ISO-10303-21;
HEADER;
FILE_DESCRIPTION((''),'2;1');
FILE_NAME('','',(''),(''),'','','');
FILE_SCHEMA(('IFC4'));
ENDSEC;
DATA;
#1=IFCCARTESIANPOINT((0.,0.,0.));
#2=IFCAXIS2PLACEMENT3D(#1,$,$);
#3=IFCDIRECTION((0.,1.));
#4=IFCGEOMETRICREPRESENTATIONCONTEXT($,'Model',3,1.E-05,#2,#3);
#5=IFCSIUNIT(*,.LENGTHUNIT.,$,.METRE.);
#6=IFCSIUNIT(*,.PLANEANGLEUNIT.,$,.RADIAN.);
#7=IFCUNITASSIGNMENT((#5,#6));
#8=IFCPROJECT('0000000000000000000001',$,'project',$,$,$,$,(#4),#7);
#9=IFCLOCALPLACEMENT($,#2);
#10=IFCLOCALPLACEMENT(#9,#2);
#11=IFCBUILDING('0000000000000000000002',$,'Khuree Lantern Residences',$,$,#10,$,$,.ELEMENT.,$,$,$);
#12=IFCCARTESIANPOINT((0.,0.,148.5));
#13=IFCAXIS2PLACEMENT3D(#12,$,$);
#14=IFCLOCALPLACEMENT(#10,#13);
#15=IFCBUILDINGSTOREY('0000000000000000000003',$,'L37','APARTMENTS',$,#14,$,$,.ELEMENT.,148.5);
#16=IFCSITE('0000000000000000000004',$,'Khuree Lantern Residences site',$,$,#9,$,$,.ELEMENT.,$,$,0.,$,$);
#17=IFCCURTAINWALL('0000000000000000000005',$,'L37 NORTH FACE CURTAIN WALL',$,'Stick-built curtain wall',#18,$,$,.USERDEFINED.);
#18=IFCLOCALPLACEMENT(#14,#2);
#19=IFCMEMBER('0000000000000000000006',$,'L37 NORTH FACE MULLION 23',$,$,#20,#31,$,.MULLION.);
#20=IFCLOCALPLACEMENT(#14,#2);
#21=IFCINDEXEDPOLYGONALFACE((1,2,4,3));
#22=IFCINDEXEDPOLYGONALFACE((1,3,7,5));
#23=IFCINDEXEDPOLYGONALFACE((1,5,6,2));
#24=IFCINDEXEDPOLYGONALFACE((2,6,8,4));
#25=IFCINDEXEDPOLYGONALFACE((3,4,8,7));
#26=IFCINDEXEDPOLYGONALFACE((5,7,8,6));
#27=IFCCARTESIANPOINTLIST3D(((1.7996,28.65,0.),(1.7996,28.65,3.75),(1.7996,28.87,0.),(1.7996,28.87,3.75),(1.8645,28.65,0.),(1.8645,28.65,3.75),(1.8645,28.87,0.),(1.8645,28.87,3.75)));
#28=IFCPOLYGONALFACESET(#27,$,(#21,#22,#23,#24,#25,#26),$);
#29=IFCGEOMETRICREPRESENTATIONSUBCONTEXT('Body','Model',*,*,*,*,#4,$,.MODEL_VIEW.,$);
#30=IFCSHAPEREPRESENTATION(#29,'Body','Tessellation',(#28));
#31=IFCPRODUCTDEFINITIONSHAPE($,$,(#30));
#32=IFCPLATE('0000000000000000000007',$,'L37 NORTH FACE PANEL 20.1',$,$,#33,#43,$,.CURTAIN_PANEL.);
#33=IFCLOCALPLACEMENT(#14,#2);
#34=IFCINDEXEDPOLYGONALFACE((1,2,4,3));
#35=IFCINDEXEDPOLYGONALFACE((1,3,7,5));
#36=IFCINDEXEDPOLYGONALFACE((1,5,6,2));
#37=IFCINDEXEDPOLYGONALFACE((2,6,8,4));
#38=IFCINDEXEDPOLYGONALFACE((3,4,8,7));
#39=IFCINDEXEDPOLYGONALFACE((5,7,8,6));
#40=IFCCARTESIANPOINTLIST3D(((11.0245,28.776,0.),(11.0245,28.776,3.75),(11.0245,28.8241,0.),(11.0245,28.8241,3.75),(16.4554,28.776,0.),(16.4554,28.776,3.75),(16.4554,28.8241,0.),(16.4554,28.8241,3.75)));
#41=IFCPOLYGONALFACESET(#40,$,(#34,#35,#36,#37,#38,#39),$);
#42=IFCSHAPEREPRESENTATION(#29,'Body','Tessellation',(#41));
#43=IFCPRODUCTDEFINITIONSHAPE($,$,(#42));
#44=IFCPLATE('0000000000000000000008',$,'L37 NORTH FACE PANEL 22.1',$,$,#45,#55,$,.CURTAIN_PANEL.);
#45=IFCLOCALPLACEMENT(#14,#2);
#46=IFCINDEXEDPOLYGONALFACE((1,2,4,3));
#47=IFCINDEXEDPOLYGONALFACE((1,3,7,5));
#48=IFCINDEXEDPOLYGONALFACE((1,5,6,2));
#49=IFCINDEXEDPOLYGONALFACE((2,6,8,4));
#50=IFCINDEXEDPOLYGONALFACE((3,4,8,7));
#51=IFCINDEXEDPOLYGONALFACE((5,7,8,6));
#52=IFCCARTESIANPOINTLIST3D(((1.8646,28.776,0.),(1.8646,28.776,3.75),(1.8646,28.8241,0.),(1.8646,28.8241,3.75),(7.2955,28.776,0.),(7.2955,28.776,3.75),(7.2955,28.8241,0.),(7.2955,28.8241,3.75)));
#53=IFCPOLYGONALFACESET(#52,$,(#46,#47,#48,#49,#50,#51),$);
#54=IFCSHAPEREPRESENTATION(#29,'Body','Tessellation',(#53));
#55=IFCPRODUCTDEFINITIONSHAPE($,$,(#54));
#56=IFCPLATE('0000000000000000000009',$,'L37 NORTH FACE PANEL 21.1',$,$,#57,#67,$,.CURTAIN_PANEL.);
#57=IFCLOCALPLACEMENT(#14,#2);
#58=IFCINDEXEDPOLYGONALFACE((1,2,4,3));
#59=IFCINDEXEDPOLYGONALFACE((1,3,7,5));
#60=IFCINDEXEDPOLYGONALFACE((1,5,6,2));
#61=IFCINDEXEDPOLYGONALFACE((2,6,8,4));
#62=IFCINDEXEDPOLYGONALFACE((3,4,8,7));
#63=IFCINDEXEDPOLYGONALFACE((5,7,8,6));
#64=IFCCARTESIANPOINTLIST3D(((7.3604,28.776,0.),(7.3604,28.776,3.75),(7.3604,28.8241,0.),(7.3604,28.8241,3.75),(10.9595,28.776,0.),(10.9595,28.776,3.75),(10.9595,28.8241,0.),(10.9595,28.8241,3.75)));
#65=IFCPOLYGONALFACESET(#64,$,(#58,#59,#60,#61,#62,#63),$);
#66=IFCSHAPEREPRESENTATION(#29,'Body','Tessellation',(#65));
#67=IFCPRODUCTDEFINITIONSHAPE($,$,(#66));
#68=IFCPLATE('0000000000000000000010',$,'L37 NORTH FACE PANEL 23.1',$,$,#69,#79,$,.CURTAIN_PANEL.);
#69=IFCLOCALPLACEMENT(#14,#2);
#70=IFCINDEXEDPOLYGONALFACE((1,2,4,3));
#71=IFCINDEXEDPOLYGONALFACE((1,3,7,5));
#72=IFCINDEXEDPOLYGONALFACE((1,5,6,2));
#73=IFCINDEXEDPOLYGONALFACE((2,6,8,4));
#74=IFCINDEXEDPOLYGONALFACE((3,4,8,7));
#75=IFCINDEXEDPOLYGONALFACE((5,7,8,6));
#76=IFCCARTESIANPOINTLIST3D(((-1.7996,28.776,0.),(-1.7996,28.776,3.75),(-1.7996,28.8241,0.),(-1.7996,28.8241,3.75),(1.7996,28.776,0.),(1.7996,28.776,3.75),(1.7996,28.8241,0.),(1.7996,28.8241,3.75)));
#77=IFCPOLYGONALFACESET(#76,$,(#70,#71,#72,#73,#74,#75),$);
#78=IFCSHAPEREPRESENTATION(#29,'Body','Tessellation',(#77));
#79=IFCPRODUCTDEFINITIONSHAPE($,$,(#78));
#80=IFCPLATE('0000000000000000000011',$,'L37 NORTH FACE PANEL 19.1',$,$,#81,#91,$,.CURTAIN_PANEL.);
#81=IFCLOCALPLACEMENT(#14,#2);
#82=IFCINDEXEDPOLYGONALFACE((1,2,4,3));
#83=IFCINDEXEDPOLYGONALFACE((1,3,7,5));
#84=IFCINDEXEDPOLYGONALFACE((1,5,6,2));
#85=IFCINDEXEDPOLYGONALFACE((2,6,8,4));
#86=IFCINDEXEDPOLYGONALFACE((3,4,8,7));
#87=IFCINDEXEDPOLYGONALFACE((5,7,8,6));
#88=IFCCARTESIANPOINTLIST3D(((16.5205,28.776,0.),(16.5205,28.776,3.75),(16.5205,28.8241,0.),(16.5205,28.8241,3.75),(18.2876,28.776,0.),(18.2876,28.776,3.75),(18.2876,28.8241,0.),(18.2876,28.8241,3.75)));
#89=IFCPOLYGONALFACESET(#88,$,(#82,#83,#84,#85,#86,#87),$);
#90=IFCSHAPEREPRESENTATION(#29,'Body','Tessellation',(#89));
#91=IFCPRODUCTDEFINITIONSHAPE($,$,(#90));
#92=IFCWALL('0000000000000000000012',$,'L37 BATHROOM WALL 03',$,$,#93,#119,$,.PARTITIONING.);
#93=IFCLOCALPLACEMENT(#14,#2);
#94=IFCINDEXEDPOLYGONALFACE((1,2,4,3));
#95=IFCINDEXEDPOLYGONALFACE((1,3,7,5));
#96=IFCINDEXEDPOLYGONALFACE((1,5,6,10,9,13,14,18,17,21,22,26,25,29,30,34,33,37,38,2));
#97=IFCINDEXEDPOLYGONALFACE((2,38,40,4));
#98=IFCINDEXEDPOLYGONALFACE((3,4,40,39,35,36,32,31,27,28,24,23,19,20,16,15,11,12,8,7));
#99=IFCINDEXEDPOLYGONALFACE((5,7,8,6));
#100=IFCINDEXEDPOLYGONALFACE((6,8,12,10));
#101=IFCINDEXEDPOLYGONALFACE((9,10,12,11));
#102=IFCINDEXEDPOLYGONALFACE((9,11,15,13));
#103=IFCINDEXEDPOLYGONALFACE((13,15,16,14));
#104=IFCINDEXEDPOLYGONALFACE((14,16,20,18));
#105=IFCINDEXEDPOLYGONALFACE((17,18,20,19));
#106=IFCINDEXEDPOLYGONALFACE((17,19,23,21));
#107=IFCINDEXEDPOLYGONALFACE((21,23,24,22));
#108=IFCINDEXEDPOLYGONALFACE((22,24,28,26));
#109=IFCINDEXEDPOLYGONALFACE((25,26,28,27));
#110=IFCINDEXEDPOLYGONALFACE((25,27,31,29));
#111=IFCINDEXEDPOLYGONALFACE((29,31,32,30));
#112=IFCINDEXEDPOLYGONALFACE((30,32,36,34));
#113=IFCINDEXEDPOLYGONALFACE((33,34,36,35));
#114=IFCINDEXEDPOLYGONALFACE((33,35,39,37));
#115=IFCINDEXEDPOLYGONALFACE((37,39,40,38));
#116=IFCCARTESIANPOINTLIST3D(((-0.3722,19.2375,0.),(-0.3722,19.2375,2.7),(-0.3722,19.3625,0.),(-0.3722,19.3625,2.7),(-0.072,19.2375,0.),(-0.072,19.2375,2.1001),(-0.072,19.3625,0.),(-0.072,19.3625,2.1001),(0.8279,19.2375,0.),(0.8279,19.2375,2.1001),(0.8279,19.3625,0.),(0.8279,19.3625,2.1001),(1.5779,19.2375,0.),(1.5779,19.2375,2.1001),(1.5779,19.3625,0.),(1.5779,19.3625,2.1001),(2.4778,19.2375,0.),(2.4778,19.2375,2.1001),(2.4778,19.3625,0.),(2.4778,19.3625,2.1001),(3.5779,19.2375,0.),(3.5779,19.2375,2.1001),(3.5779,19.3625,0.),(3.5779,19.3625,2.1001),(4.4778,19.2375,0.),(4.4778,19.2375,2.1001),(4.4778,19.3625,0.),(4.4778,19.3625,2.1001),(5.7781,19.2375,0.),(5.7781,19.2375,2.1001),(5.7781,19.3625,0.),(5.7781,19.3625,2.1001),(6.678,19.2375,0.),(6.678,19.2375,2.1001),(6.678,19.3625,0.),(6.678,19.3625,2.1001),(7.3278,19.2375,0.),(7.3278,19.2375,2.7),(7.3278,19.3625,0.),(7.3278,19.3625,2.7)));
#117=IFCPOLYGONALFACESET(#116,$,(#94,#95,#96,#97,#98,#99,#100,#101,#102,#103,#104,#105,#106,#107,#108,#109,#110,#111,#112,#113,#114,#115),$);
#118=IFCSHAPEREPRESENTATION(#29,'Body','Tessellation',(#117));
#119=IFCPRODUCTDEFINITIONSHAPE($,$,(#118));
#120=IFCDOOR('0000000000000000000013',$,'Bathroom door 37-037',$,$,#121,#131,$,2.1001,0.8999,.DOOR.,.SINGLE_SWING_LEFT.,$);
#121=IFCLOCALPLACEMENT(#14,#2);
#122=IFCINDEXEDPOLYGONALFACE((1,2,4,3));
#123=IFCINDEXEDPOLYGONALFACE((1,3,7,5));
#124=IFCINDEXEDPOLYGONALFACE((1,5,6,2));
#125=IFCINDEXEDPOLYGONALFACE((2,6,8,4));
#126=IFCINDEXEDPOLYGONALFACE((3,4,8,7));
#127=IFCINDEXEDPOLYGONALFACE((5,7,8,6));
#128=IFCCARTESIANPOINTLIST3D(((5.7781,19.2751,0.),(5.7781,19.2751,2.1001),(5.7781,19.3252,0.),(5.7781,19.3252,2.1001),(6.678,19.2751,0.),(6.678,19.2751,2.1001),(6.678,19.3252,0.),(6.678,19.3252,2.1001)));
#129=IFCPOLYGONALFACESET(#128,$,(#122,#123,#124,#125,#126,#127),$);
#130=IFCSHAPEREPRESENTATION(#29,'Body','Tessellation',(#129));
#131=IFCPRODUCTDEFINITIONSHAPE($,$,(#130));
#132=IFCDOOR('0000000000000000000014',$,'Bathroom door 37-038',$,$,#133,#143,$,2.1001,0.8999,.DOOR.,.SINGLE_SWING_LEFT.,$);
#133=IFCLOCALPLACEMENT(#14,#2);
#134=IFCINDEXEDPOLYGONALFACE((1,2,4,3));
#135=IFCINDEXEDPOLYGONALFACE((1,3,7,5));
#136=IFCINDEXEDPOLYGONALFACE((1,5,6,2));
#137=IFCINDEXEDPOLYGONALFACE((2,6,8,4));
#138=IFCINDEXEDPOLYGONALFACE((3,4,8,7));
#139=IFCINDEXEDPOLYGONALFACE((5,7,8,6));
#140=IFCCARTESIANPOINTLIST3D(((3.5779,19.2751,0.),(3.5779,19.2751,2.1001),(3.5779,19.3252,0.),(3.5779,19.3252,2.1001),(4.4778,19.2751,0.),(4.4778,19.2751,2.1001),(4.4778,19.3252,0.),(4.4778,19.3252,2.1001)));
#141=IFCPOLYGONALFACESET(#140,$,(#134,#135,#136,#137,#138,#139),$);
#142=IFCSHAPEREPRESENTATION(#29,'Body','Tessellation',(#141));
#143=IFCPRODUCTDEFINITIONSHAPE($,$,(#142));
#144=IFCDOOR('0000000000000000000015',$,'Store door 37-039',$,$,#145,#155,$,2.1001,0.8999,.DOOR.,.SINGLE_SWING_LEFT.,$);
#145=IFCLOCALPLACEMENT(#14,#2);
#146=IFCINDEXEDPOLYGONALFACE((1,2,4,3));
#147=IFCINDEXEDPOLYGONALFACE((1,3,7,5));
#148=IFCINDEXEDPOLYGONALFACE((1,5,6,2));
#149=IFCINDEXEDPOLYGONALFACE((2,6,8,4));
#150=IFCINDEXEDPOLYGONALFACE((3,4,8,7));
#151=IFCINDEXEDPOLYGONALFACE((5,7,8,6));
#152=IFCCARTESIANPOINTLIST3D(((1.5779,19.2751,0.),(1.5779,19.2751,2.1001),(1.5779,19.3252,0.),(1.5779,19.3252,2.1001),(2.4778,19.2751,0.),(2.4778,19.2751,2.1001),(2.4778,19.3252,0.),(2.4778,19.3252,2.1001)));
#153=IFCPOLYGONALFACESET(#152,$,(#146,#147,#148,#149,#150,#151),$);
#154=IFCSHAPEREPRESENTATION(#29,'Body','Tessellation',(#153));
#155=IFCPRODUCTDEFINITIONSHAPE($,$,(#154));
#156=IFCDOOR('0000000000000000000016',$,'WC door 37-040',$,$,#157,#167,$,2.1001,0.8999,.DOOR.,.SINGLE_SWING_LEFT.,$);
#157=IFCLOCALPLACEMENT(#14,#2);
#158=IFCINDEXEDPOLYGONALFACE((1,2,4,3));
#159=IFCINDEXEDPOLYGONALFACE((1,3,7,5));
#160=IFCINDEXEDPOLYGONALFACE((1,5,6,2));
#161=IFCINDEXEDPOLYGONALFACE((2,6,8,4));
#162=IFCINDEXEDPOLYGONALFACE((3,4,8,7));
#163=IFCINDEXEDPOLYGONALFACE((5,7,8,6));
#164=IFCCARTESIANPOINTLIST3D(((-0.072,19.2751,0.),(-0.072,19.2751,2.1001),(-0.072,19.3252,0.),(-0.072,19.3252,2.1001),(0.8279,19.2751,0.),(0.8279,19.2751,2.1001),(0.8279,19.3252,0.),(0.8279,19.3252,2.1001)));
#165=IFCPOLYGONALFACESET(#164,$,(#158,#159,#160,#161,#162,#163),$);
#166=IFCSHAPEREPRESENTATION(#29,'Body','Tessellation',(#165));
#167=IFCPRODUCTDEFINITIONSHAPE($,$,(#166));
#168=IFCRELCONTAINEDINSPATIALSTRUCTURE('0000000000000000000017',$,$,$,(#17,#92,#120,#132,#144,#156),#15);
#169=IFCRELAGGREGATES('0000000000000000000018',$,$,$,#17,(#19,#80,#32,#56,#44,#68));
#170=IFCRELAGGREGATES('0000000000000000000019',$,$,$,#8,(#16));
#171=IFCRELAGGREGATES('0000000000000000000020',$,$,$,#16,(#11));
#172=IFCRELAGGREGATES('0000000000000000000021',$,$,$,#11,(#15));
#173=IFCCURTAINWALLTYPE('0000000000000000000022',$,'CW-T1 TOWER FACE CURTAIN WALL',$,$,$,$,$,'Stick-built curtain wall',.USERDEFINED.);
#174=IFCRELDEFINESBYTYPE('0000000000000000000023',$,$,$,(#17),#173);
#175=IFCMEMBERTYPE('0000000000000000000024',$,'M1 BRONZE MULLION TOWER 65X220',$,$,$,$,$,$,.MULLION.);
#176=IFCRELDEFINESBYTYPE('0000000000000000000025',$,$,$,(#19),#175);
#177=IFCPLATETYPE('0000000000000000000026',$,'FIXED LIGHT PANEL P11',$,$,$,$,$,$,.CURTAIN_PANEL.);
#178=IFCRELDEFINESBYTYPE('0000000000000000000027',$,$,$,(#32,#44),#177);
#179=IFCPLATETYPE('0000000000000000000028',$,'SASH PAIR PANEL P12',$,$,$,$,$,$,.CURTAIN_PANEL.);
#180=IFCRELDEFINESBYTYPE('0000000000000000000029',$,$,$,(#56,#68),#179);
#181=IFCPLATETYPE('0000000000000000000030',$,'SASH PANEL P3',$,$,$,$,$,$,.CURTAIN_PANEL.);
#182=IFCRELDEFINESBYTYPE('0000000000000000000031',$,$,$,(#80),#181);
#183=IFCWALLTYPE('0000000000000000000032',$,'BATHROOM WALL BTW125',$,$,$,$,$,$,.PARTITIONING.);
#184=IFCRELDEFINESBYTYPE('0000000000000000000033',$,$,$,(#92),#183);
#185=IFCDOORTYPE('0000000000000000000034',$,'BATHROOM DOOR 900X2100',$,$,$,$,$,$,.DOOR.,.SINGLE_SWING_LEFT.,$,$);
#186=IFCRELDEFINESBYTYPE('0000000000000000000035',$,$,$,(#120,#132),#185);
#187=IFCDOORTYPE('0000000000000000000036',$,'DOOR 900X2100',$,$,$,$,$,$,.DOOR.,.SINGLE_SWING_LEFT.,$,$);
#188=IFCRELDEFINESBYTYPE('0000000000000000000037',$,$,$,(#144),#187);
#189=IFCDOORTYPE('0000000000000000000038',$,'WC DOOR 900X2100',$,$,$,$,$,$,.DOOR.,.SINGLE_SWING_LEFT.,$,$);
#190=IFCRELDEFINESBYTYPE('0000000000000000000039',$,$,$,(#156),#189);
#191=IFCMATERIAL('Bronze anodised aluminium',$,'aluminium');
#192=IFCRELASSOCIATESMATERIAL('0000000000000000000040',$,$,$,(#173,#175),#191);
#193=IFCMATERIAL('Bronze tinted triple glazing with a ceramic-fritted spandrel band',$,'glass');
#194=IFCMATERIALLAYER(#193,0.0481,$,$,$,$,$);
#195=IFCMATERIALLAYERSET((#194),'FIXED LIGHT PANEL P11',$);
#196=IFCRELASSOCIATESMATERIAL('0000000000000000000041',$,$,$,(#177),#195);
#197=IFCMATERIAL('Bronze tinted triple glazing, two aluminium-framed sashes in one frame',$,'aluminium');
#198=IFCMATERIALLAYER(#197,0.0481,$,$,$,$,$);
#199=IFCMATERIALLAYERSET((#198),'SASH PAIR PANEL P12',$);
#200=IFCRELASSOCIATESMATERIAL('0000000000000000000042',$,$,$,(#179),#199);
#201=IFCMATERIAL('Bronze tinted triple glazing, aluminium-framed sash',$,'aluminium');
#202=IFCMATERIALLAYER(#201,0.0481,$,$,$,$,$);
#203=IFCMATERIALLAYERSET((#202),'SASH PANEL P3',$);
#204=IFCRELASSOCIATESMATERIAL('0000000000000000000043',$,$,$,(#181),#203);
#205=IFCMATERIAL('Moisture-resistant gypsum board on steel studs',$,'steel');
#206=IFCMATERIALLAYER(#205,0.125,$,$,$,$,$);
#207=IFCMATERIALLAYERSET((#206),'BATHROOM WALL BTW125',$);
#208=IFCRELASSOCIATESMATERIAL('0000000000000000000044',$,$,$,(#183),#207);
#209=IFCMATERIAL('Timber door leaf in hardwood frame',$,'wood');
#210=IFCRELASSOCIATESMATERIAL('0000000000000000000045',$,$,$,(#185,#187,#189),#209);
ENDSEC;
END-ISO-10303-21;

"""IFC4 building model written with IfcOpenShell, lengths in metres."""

from ifc_helpers import new_model, si_unit, direction, frame, frame_2d, origin, origin_2d, place, context, subcontext, project, spatial, rectangle, extrude, material, layer, layer_set, material_profile, profile_set, type_object, element, fill, aggregate, save


model = new_model("IFC4")

# Units and contexts
model_context = context("Model", 3, precision=1e-05, world=origin(), true_north=direction((0.0, 1.0)))
body_context = subcontext(model_context, "Body", "Model", "MODEL_VIEW")
ifc_project = project(units=[si_unit("LENGTHUNIT", "METRE"), si_unit("PLANEANGLEUNIT", "RADIAN")], contexts=[model_context])

# Site, building, storey
site_placement = place(None, origin())
site = spatial("IfcSite", under=ifc_project, at=site_placement, Name="Khuree Lantern Residences site", CompositionType="ELEMENT", RefElevation=0.0)
building_placement = place(site_placement, origin())
building = spatial("IfcBuilding", under=site, at=building_placement, Name="Khuree Lantern Residences", CompositionType="ELEMENT")
storey_placement = place(building_placement, frame((0.0, 0.0, 148.5)))
storey = spatial("IfcBuildingStorey", under=building, at=storey_placement, Name="L37", Description="APARTMENTS", CompositionType="ELEMENT", Elevation=148.5)

# Curtain wall
ifc_material_1 = material(Name="Bronze anodised aluminium", Category="aluminium")
curtain_wall_type = type_object("IfcCurtainWallType", Name="CW-T1 TOWER FACE CURTAIN WALL", ElementType="Stick-built curtain wall", PredefinedType="USERDEFINED", material=ifc_material_1)
curtain_wall_placement = place(storey_placement, origin())
curtain_wall = element("IfcCurtainWall", 1, at=curtain_wall_placement, inside=storey, type_object=curtain_wall_type, Name="L37 NORTH FACE CURTAIN WALL", ObjectType="Stick-built curtain wall", PredefinedType="USERDEFINED")

# Member
ifc_material_profile_1 = material_profile(ifc_material_1, rectangle(XDim=0.0649, YDim=0.22, at=origin_2d()), Name="M1 65X220")
ifc_profile_set_1 = profile_set([ifc_material_profile_1], Name="Bronze anodised aluminium")
member_type_1 = type_object("IfcMemberType", Name="M1 BRONZE MULLION TOWER 65X220", PredefinedType="MULLION", material=ifc_profile_set_1)
member_1_placement = place(storey_placement, frame((1.832, 28.76, 0.0), z_axis=(0.0, 0.0, 1.0), x_axis=(-1.0, 0.0, 0.0)))
member_1 = element("IfcMember", 2, at=member_1_placement, type_object=member_type_1, Name="L37 NORTH FACE MULLION 23", PredefinedType="MULLION", context=body_context, shape_type="SweptSolid", body=[
    extrude(rectangle(XDim=0.0649, YDim=0.22, at=origin_2d()), origin(), (0.0, 0.0, 1.0), 3.75),
])

# Plates
ifc_material_2 = material(Name="Bronze tinted triple glazing with a ceramic-fritted spandrel band", Category="glass")
ifc_layer_1 = layer(ifc_material_2, 0.0481)
ifc_layer_set_1 = layer_set([ifc_layer_1], Name="FIXED LIGHT PANEL P11")
plate_type_1 = type_object("IfcPlateType", Name="FIXED LIGHT PANEL P11", PredefinedType="CURTAIN_PANEL", material=ifc_layer_set_1)
plate_1_placement = place(storey_placement, frame((13.74, 28.8, 0.0), z_axis=(0.0, 0.0, 1.0), x_axis=(-1.0, 0.0, 0.0)))
plate_1 = element("IfcPlate", 3, at=plate_1_placement, type_object=plate_type_1, Name="L37 NORTH FACE PANEL 20.1", PredefinedType="CURTAIN_PANEL", context=body_context, shape_type="SweptSolid", body=[
    extrude(rectangle(XDim=5.4309, YDim=0.0481, at=origin_2d()), origin(), (0.0, 0.0, 1.0), 3.75),
])
plate_2_placement = place(storey_placement, frame((4.5801, 28.8, 0.0), z_axis=(0.0, 0.0, 1.0), x_axis=(-1.0, 0.0, 0.0)))
plate_2 = element("IfcPlate", 4, at=plate_2_placement, type_object=plate_type_1, Name="L37 NORTH FACE PANEL 22.1", PredefinedType="CURTAIN_PANEL", context=body_context, shape_type="SweptSolid", body=[
    extrude(rectangle(XDim=5.4309, YDim=0.0481, at=origin_2d()), origin(), (0.0, 0.0, 1.0), 3.75),
])
ifc_material_3 = material(Name="Bronze tinted triple glazing, two aluminium-framed sashes in one frame", Category="aluminium")
ifc_layer_2 = layer(ifc_material_3, 0.0481)
ifc_layer_set_2 = layer_set([ifc_layer_2], Name="SASH PAIR PANEL P12")
plate_type_2 = type_object("IfcPlateType", Name="SASH PAIR PANEL P12", PredefinedType="CURTAIN_PANEL", material=ifc_layer_set_2)
plate_3_placement = place(storey_placement, frame((9.1599, 28.8, 0.0), z_axis=(0.0, 0.0, 1.0), x_axis=(-1.0, 0.0, 0.0)))
plate_3 = element("IfcPlate", 5, at=plate_3_placement, type_object=plate_type_2, Name="L37 NORTH FACE PANEL 21.1", PredefinedType="CURTAIN_PANEL", context=body_context, shape_type="SweptSolid", body=[
    extrude(rectangle(XDim=3.5991, YDim=0.0481, at=origin_2d()), origin(), (0.0, 0.0, 1.0), 3.75),
])
plate_4_placement = place(storey_placement, frame((0.0, 28.8, 0.0), z_axis=(0.0, 0.0, 1.0), x_axis=(-1.0, 0.0, 0.0)))
plate_4 = element("IfcPlate", 6, at=plate_4_placement, type_object=plate_type_2, Name="L37 NORTH FACE PANEL 23.1", PredefinedType="CURTAIN_PANEL", context=body_context, shape_type="SweptSolid", body=[
    extrude(rectangle(XDim=3.5991, YDim=0.0481, at=origin_2d()), origin(), (0.0, 0.0, 1.0), 3.75),
])
ifc_material_4 = material(Name="Bronze tinted triple glazing, aluminium-framed sash", Category="aluminium")
ifc_layer_3 = layer(ifc_material_4, 0.0481)
ifc_layer_set_3 = layer_set([ifc_layer_3], Name="SASH PANEL P3")
plate_type_3 = type_object("IfcPlateType", Name="SASH PANEL P3", PredefinedType="CURTAIN_PANEL", material=ifc_layer_set_3)
plate_5_placement = place(storey_placement, frame((17.4041, 28.8, 0.0), z_axis=(0.0, 0.0, 1.0), x_axis=(-1.0, 0.0, 0.0)))
plate_5 = element("IfcPlate", 7, at=plate_5_placement, type_object=plate_type_3, Name="L37 NORTH FACE PANEL 19.1", PredefinedType="CURTAIN_PANEL", context=body_context, shape_type="SweptSolid", body=[
    extrude(rectangle(XDim=1.7671, YDim=0.0481, at=origin_2d()), origin(), (0.0, 0.0, 1.0), 3.75),
])
aggregate(curtain_wall, [member_1, plate_5, plate_1, plate_3, plate_2, plate_4])

# Wall, openings, doors
ifc_material_5 = material(Name="Moisture-resistant gypsum board on steel studs", Category="steel")
ifc_layer_4 = layer(ifc_material_5, 0.125)
ifc_layer_set_4 = layer_set([ifc_layer_4], Name="BATHROOM WALL BTW125")
wall_type_1 = type_object("IfcWallType", Name="BATHROOM WALL BTW125", PredefinedType="PARTITIONING", material=ifc_layer_set_4)
wall_1_placement = place(storey_placement, frame((7.3279, 19.3, 0.0), z_axis=(0.0, 0.0, 1.0), x_axis=(-1.0, 0.0, 0.0)))
wall_1 = element("IfcWall", 8, at=wall_1_placement, inside=storey, type_object=wall_type_1, Name="L37 BATHROOM WALL 03", PredefinedType="PARTITIONING", context=body_context, shape_type="SweptSolid", body=[
    extrude(rectangle(XDim=7.7, YDim=0.125, at=frame_2d((3.8501, 0.0))), origin(), (0.0, 0.0, 1.0), 2.7),
])
opening_1_placement = place(wall_1_placement, frame((0.6499, 0.0, 0.0)))
opening_1 = element("IfcOpeningElement", 9, at=opening_1_placement, cuts=wall_1, PredefinedType="OPENING", context=body_context, shape_type="SweptSolid", body=[
    extrude(rectangle(XDim=0.8999, YDim=2.1001, at=frame_2d((0.45, 1.05))), frame((0.0, 0.0725, 0.0), z_axis=(0.0, -1.0, 0.0), x_axis=(1.0, 0.0, 0.0)), (0.0, 0.0, 1.0), 0.145),
])
opening_2_placement = place(wall_1_placement, frame((2.8501, 0.0, 0.0)))
opening_2 = element("IfcOpeningElement", 10, at=opening_2_placement, cuts=wall_1, PredefinedType="OPENING", context=body_context, shape_type="SweptSolid", body=[
    extrude(rectangle(XDim=0.8999, YDim=2.1001, at=frame_2d((0.45, 1.05))), frame((0.0, 0.0725, 0.0), z_axis=(0.0, -1.0, 0.0), x_axis=(1.0, 0.0, 0.0)), (0.0, 0.0, 1.0), 0.145),
])
opening_3_placement = place(wall_1_placement, frame((4.8501, 0.0, 0.0)))
opening_3 = element("IfcOpeningElement", 11, at=opening_3_placement, cuts=wall_1, PredefinedType="OPENING", context=body_context, shape_type="SweptSolid", body=[
    extrude(rectangle(XDim=0.8999, YDim=2.1001, at=frame_2d((0.45, 1.05))), frame((0.0, 0.0725, 0.0), z_axis=(0.0, -1.0, 0.0), x_axis=(1.0, 0.0, 0.0)), (0.0, 0.0, 1.0), 0.145),
])
opening_4_placement = place(wall_1_placement, frame((6.5, 0.0, 0.0)))
opening_4 = element("IfcOpeningElement", 12, at=opening_4_placement, cuts=wall_1, PredefinedType="OPENING", context=body_context, shape_type="SweptSolid", body=[
    extrude(rectangle(XDim=0.8999, YDim=2.1001, at=frame_2d((0.45, 1.05))), frame((0.0, 0.0725, 0.0), z_axis=(0.0, -1.0, 0.0), x_axis=(1.0, 0.0, 0.0)), (0.0, 0.0, 1.0), 0.145),
])
ifc_material_6 = material(Name="Timber door leaf in hardwood frame", Category="wood")
door_type_1 = type_object("IfcDoorType", Name="BATHROOM DOOR 900X2100", OperationType="SINGLE_SWING_LEFT", PredefinedType="DOOR", material=ifc_material_6)
door_1_placement = place(opening_1_placement, origin())
door_1 = element("IfcDoor", 13, at=door_1_placement, inside=storey, type_object=door_type_1, Name="Bathroom door 37-037", OperationType="SINGLE_SWING_LEFT", OverallHeight=2.1001, OverallWidth=0.8999, PredefinedType="DOOR", context=body_context, shape_type="SweptSolid", body=[
    extrude(rectangle(XDim=0.8999, YDim=2.1001, at=frame_2d((0.45, 1.05))), frame((0.0, 0.0249, 0.0), z_axis=(0.0, -1.0, 0.0), x_axis=(1.0, 0.0, 0.0)), (0.0, 0.0, 1.0), 0.05),
])
fill(opening_1, door_1)
door_2_placement = place(opening_2_placement, origin())
door_2 = element("IfcDoor", 14, at=door_2_placement, inside=storey, type_object=door_type_1, Name="Bathroom door 37-038", OperationType="SINGLE_SWING_LEFT", OverallHeight=2.1001, OverallWidth=0.8999, PredefinedType="DOOR", context=body_context, shape_type="SweptSolid", body=[
    extrude(rectangle(XDim=0.8999, YDim=2.1001, at=frame_2d((0.45, 1.05))), frame((0.0, 0.0249, 0.0), z_axis=(0.0, -1.0, 0.0), x_axis=(1.0, 0.0, 0.0)), (0.0, 0.0, 1.0), 0.05),
])
fill(opening_2, door_2)
door_type_2 = type_object("IfcDoorType", Name="DOOR 900X2100", OperationType="SINGLE_SWING_LEFT", PredefinedType="DOOR", material=ifc_material_6)
door_3_placement = place(opening_3_placement, origin())
door_3 = element("IfcDoor", 15, at=door_3_placement, inside=storey, type_object=door_type_2, Name="Store door 37-039", OperationType="SINGLE_SWING_LEFT", OverallHeight=2.1001, OverallWidth=0.8999, PredefinedType="DOOR", context=body_context, shape_type="SweptSolid", body=[
    extrude(rectangle(XDim=0.8999, YDim=2.1001, at=frame_2d((0.45, 1.05))), frame((0.0, 0.0249, 0.0), z_axis=(0.0, -1.0, 0.0), x_axis=(1.0, 0.0, 0.0)), (0.0, 0.0, 1.0), 0.05),
])
fill(opening_3, door_3)
door_type_3 = type_object("IfcDoorType", Name="WC DOOR 900X2100", OperationType="SINGLE_SWING_LEFT", PredefinedType="DOOR", material=ifc_material_6)
door_4_placement = place(opening_4_placement, origin())
door_4 = element("IfcDoor", 16, at=door_4_placement, inside=storey, type_object=door_type_3, Name="WC door 37-040", OperationType="SINGLE_SWING_LEFT", OverallHeight=2.1001, OverallWidth=0.8999, PredefinedType="DOOR", context=body_context, shape_type="SweptSolid", body=[
    extrude(rectangle(XDim=0.8999, YDim=2.1001, at=frame_2d((0.45, 1.05))), frame((0.0, 0.0249, 0.0), z_axis=(0.0, -1.0, 0.0), x_axis=(1.0, 0.0, 0.0)), (0.0, 0.0, 1.0), 0.05),
])
fill(opening_4, door_4)

save(model, "model.ifc")
